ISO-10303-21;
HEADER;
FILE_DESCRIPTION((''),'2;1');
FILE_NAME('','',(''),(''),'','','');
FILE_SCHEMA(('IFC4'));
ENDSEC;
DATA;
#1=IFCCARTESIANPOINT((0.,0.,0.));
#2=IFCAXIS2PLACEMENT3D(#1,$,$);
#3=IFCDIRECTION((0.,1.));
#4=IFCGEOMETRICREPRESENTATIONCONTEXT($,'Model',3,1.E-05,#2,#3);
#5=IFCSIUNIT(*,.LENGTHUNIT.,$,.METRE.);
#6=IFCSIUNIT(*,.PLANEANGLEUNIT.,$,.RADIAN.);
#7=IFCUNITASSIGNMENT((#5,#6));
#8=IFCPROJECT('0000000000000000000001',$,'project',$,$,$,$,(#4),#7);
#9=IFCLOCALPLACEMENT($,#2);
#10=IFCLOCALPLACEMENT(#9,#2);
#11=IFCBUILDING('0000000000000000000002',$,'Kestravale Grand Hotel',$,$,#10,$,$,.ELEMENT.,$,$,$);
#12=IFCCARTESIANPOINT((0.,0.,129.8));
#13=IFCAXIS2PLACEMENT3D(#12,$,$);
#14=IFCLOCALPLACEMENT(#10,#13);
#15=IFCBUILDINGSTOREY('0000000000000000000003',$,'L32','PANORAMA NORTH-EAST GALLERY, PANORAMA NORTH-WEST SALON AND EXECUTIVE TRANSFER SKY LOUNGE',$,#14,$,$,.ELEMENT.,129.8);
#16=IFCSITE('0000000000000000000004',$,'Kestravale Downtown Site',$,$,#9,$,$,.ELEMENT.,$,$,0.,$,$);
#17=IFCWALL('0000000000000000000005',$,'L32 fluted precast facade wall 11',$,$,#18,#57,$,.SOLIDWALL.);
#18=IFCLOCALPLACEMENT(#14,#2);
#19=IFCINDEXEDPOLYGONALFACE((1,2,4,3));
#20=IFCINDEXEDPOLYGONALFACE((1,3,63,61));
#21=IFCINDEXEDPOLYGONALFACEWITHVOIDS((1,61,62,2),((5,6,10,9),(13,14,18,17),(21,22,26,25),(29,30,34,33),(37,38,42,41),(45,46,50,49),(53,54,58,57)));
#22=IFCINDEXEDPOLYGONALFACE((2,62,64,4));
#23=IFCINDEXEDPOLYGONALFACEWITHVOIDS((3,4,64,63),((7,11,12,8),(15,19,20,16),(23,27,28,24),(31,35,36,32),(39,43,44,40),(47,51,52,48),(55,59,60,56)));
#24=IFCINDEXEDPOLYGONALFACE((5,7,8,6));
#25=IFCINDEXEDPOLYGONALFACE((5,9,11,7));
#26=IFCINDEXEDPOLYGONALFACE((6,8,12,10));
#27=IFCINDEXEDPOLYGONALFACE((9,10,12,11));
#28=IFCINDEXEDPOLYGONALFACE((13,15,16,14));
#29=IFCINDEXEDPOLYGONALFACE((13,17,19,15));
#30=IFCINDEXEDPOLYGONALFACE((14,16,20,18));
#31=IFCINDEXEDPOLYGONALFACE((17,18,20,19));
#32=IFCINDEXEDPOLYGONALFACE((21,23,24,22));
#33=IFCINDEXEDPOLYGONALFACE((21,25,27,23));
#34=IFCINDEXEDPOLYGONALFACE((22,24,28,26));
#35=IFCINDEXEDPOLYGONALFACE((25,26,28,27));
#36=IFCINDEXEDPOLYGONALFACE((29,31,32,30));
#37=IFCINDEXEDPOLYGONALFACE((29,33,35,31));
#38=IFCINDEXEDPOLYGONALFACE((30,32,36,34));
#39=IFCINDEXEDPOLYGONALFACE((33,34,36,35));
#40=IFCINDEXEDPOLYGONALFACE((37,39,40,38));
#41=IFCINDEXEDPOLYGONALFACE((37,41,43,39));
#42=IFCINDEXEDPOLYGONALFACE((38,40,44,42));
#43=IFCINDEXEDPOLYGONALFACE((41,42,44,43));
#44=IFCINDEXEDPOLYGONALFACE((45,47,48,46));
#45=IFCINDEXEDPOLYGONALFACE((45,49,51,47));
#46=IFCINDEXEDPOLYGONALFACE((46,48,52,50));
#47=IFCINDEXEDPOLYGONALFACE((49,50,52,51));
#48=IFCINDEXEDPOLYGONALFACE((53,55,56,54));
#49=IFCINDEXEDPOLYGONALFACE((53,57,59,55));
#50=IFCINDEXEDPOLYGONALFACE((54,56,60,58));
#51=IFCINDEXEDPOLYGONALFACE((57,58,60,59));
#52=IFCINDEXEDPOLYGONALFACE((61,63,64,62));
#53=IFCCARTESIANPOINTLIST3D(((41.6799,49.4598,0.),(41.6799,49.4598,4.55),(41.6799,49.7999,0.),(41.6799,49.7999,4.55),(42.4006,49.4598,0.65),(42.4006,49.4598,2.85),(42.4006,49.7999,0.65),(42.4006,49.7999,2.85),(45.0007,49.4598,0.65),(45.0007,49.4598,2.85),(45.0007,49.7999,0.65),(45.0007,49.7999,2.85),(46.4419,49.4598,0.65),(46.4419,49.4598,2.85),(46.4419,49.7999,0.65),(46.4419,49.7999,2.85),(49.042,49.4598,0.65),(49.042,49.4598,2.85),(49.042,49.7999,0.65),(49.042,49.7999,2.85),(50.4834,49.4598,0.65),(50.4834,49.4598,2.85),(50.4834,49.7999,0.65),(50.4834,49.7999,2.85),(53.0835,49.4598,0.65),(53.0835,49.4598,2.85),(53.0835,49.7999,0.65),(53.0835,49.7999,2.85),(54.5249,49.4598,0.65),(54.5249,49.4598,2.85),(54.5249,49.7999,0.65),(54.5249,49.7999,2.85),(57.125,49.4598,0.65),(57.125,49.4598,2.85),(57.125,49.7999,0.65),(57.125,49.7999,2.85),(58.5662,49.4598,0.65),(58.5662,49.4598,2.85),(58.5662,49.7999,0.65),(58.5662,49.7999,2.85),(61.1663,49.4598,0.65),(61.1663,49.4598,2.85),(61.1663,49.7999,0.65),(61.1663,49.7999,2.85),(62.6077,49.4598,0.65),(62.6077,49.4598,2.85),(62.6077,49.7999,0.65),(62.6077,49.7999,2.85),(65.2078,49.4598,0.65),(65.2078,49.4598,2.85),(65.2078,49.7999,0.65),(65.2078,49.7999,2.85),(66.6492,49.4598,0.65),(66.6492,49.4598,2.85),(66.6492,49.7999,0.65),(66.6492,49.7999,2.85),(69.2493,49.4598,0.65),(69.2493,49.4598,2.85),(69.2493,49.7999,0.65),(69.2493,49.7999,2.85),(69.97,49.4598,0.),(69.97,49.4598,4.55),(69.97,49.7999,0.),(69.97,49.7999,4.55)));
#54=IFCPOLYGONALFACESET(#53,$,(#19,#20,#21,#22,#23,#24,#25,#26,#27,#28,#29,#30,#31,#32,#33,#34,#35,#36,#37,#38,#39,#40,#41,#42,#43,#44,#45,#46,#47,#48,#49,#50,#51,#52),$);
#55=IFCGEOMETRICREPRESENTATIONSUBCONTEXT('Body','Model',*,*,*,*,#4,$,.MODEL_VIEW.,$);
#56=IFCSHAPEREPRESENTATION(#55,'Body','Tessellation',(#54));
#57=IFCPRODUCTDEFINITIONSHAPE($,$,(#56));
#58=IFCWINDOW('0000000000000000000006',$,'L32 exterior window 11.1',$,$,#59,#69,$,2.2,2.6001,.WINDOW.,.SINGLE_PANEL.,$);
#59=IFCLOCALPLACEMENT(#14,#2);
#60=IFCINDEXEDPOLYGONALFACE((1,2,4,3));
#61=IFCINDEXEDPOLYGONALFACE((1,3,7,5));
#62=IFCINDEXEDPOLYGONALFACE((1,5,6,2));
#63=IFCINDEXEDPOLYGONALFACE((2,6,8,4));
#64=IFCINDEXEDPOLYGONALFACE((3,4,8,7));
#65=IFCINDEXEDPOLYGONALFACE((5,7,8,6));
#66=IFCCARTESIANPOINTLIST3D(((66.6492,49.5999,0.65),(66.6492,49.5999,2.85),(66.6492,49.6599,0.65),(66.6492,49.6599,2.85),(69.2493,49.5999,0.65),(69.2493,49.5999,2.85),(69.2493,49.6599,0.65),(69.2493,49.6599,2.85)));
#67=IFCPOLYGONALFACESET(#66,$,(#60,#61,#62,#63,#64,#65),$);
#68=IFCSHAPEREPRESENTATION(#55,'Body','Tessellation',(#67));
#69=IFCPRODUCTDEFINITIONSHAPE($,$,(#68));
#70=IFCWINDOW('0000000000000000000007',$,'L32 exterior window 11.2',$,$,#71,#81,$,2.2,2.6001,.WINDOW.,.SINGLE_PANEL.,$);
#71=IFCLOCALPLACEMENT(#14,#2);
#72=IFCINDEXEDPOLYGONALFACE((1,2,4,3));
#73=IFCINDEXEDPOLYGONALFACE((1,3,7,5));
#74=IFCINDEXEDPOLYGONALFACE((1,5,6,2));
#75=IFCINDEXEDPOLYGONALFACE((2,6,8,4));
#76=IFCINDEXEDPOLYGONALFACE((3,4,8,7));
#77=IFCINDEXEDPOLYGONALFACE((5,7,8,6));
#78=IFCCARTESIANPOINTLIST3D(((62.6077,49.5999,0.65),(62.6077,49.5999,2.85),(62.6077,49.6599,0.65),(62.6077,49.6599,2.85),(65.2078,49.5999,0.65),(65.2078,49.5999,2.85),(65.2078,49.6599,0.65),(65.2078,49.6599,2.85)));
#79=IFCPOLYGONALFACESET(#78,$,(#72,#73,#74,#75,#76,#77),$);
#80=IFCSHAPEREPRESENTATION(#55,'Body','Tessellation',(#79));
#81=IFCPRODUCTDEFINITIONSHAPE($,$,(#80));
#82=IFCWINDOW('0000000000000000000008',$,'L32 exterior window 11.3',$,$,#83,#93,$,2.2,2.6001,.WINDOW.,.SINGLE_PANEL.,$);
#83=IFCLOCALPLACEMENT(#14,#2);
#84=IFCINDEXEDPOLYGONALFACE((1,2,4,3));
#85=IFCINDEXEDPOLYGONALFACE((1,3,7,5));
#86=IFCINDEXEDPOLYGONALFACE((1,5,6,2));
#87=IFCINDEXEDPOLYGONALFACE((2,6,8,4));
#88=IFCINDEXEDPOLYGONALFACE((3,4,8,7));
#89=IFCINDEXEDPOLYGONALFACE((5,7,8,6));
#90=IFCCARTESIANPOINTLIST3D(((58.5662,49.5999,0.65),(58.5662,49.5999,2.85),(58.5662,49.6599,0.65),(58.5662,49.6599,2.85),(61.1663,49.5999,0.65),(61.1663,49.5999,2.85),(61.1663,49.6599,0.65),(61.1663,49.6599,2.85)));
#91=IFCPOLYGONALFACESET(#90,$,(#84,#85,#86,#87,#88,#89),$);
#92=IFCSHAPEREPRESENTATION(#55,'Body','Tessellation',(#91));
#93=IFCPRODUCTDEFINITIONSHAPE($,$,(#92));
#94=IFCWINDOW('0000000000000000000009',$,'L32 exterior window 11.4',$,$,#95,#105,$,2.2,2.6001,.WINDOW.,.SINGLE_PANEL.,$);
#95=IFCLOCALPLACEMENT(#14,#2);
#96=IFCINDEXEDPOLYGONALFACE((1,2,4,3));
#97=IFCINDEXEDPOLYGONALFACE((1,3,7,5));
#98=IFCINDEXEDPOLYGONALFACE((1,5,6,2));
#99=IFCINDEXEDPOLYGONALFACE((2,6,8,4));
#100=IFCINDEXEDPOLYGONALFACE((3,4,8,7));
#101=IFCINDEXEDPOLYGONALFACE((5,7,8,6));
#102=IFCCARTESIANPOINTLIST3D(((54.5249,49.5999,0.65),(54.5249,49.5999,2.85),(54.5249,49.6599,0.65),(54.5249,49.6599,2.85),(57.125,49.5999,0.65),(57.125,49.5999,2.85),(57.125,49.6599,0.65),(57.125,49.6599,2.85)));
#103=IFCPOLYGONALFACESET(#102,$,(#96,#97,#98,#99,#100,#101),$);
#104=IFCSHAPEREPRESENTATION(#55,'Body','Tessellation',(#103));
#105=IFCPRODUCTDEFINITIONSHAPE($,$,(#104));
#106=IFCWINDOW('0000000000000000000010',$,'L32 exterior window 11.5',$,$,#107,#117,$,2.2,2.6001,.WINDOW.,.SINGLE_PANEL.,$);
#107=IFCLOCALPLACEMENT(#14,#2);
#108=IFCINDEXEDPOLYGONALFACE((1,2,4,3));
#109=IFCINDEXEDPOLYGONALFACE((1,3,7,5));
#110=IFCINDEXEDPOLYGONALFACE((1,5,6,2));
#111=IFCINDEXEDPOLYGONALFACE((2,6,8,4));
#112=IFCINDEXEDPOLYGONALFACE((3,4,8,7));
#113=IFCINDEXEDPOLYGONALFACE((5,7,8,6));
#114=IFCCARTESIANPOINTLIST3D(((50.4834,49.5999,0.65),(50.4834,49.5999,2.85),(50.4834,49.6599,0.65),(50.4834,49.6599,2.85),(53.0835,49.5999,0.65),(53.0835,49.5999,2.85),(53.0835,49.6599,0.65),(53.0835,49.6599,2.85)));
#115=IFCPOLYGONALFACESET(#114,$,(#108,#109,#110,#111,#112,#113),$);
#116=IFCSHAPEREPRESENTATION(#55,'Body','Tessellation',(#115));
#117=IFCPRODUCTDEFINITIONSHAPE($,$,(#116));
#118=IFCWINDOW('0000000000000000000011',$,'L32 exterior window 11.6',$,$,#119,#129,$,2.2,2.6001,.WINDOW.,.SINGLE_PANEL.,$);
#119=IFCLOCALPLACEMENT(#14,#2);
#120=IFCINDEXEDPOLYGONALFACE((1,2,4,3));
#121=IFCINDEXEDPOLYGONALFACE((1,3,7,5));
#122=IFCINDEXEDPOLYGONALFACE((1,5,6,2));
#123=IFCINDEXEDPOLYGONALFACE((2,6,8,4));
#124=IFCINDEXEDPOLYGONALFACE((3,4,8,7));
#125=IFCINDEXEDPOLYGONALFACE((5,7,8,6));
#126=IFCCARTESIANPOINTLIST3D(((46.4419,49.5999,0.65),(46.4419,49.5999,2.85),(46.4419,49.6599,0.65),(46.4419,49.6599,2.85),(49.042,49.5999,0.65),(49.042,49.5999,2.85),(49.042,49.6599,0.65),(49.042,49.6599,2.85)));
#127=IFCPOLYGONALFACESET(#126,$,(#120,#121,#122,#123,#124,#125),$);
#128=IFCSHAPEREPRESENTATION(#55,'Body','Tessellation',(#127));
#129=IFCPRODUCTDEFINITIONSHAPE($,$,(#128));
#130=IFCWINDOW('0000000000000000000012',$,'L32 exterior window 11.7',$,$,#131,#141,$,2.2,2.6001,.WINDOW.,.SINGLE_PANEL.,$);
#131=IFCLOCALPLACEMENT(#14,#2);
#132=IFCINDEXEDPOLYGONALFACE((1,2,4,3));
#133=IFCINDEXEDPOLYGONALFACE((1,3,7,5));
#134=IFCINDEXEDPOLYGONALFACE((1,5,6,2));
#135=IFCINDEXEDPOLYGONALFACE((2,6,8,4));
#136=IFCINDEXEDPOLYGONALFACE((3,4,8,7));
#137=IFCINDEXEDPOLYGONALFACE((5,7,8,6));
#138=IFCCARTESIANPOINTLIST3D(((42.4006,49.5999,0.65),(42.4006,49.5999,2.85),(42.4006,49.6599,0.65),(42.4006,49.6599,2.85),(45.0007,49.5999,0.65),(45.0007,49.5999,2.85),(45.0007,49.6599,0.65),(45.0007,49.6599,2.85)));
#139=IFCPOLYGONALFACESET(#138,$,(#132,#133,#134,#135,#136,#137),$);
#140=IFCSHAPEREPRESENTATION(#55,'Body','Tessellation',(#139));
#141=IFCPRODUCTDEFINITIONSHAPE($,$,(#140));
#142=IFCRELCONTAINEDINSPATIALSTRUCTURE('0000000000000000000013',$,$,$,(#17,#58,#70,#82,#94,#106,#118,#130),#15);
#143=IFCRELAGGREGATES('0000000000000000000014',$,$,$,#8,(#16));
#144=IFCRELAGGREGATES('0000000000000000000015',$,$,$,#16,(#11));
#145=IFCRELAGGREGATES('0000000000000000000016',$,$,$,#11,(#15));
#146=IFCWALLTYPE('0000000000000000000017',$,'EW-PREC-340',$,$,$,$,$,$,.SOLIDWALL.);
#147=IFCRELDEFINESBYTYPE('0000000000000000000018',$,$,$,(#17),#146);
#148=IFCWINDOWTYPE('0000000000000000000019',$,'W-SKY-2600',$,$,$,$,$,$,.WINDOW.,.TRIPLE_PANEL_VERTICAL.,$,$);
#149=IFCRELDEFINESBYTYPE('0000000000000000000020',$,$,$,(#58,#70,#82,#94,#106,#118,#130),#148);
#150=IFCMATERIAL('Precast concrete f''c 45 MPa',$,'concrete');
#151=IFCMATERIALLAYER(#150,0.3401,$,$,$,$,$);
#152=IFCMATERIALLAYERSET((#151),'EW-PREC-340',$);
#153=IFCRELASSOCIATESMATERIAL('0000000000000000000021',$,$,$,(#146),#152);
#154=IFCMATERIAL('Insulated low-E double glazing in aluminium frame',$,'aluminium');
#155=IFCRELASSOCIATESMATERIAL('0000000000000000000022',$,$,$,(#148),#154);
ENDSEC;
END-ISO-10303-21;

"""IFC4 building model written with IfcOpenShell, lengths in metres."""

from ifc_helpers import new_model, si_unit, direction, frame, frame_2d, origin, place, context, subcontext, project, spatial, rectangle, extrude, material, layer, layer_set, type_object, element, fill, save


model = new_model("IFC4")

# Units and contexts
model_context = context("Model", 3, precision=1e-05, world=origin(), true_north=direction((0.0, 1.0)))
body_context = subcontext(model_context, "Body", "Model", "MODEL_VIEW")
ifc_project = project(units=[si_unit("LENGTHUNIT", "METRE"), si_unit("PLANEANGLEUNIT", "RADIAN")], contexts=[model_context])

# Site, building, storey
site_placement = place(None, origin())
site = spatial("IfcSite", under=ifc_project, at=site_placement, Name="Kestravale Downtown Site", CompositionType="ELEMENT", RefElevation=0.0)
building_placement = place(site_placement, origin())
building = spatial("IfcBuilding", under=site, at=building_placement, Name="Kestravale Grand Hotel", CompositionType="ELEMENT")
storey_placement = place(building_placement, frame((0.0, 0.0, 129.8)))
storey = spatial("IfcBuildingStorey", under=building, at=storey_placement, Name="L32", Description="PANORAMA NORTH-EAST GALLERY, PANORAMA NORTH-WEST SALON AND EXECUTIVE TRANSFER SKY LOUNGE", CompositionType="ELEMENT", Elevation=129.8)

# Wall, openings, windows
ifc_material_1 = material(Name="Precast concrete f'c 45 MPa", Category="concrete")
ifc_layer_1 = layer(ifc_material_1, 0.3401)
ifc_layer_set_1 = layer_set([ifc_layer_1], Name="EW-PREC-340")
wall_type = type_object("IfcWallType", Name="EW-PREC-340", PredefinedType="SOLIDWALL", material=ifc_layer_set_1)
wall_placement = place(storey_placement, frame((69.97, 49.6299, 0.0), z_axis=(0.0, 0.0, 1.0), x_axis=(-1.0, 0.0, 0.0)))
wall = element("IfcWall", 1, at=wall_placement, inside=storey, type_object=wall_type, Name="L32 fluted precast facade wall 11", PredefinedType="SOLIDWALL", context=body_context, shape_type="SweptSolid", body=[
    extrude(rectangle(XDim=28.29, YDim=0.3401, at=frame_2d((14.145, 0.0))), origin(), (0.0, 0.0, 1.0), 4.55),
])
opening_1_placement = place(wall_placement, frame((0.7207, 0.0, 0.6499)))
opening_1 = element("IfcOpeningElement", 2, at=opening_1_placement, cuts=wall, PredefinedType="OPENING", context=body_context, shape_type="SweptSolid", body=[
    extrude(rectangle(XDim=2.6001, YDim=2.2, at=frame_2d((1.3, 1.1001))), frame((0.0, 0.1799, 0.0), z_axis=(0.0, -1.0, 0.0), x_axis=(1.0, 0.0, 0.0)), (0.0, 0.0, 1.0), 0.3601),
])
opening_2_placement = place(wall_placement, frame((4.7622, 0.0, 0.6499)))
opening_2 = element("IfcOpeningElement", 3, at=opening_2_placement, cuts=wall, PredefinedType="OPENING", context=body_context, shape_type="SweptSolid", body=[
    extrude(rectangle(XDim=2.6001, YDim=2.2, at=frame_2d((1.3, 1.1001))), frame((0.0, 0.1799, 0.0), z_axis=(0.0, -1.0, 0.0), x_axis=(1.0, 0.0, 0.0)), (0.0, 0.0, 1.0), 0.3601),
])
opening_3_placement = place(wall_placement, frame((8.8037, 0.0, 0.6499)))
opening_3 = element("IfcOpeningElement", 4, at=opening_3_placement, cuts=wall, PredefinedType="OPENING", context=body_context, shape_type="SweptSolid", body=[
    extrude(rectangle(XDim=2.6001, YDim=2.2, at=frame_2d((1.3, 1.1001))), frame((0.0, 0.1799, 0.0), z_axis=(0.0, -1.0, 0.0), x_axis=(1.0, 0.0, 0.0)), (0.0, 0.0, 1.0), 0.3601),
])
opening_4_placement = place(wall_placement, frame((12.845, 0.0, 0.6499)))
opening_4 = element("IfcOpeningElement", 5, at=opening_4_placement, cuts=wall, PredefinedType="OPENING", context=body_context, shape_type="SweptSolid", body=[
    extrude(rectangle(XDim=2.6001, YDim=2.2, at=frame_2d((1.3, 1.1001))), frame((0.0, 0.1799, 0.0), z_axis=(0.0, -1.0, 0.0), x_axis=(1.0, 0.0, 0.0)), (0.0, 0.0, 1.0), 0.3601),
])
opening_5_placement = place(wall_placement, frame((16.8865, 0.0, 0.6499)))
opening_5 = element("IfcOpeningElement", 6, at=opening_5_placement, cuts=wall, PredefinedType="OPENING", context=body_context, shape_type="SweptSolid", body=[
    extrude(rectangle(XDim=2.6001, YDim=2.2, at=frame_2d((1.3, 1.1001))), frame((0.0, 0.1799, 0.0), z_axis=(0.0, -1.0, 0.0), x_axis=(1.0, 0.0, 0.0)), (0.0, 0.0, 1.0), 0.3601),
])
opening_6_placement = place(wall_placement, frame((20.928, 0.0, 0.6499)))
opening_6 = element("IfcOpeningElement", 7, at=opening_6_placement, cuts=wall, PredefinedType="OPENING", context=body_context, shape_type="SweptSolid", body=[
    extrude(rectangle(XDim=2.6001, YDim=2.2, at=frame_2d((1.3, 1.1001))), frame((0.0, 0.1799, 0.0), z_axis=(0.0, -1.0, 0.0), x_axis=(1.0, 0.0, 0.0)), (0.0, 0.0, 1.0), 0.3601),
])
opening_7_placement = place(wall_placement, frame((24.9692, 0.0, 0.6499)))
opening_7 = element("IfcOpeningElement", 8, at=opening_7_placement, cuts=wall, PredefinedType="OPENING", context=body_context, shape_type="SweptSolid", body=[
    extrude(rectangle(XDim=2.6001, YDim=2.2, at=frame_2d((1.3, 1.1001))), frame((0.0, 0.1799, 0.0), z_axis=(0.0, -1.0, 0.0), x_axis=(1.0, 0.0, 0.0)), (0.0, 0.0, 1.0), 0.3601),
])
ifc_material_2 = material(Name="Insulated low-E double glazing in aluminium frame", Category="aluminium")
window_type = type_object("IfcWindowType", Name="W-SKY-2600", PartitioningType="TRIPLE_PANEL_VERTICAL", PredefinedType="WINDOW", material=ifc_material_2)
window_1_placement = place(opening_1_placement, origin())
window_1 = element("IfcWindow", 9, at=window_1_placement, inside=storey, type_object=window_type, Name="L32 exterior window 11.1", OverallHeight=2.2, OverallWidth=2.6001, PartitioningType="SINGLE_PANEL", PredefinedType="WINDOW", context=body_context, shape_type="SweptSolid", body=[
    extrude(rectangle(XDim=2.6001, YDim=2.2, at=frame_2d((1.3, 1.1001))), frame((0.0, 0.03, 0.0), z_axis=(0.0, -1.0, 0.0), x_axis=(1.0, 0.0, 0.0)), (0.0, 0.0, 1.0), 0.0601),
])
fill(opening_1, window_1)
window_2_placement = place(opening_2_placement, origin())
window_2 = element("IfcWindow", 10, at=window_2_placement, inside=storey, type_object=window_type, Name="L32 exterior window 11.2", OverallHeight=2.2, OverallWidth=2.6001, PartitioningType="SINGLE_PANEL", PredefinedType="WINDOW", context=body_context, shape_type="SweptSolid", body=[
    extrude(rectangle(XDim=2.6001, YDim=2.2, at=frame_2d((1.3, 1.1001))), frame((0.0, 0.03, 0.0), z_axis=(0.0, -1.0, 0.0), x_axis=(1.0, 0.0, 0.0)), (0.0, 0.0, 1.0), 0.0601),
])
fill(opening_2, window_2)
window_3_placement = place(opening_3_placement, origin())
window_3 = element("IfcWindow", 11, at=window_3_placement, inside=storey, type_object=window_type, Name="L32 exterior window 11.3", OverallHeight=2.2, OverallWidth=2.6001, PartitioningType="SINGLE_PANEL", PredefinedType="WINDOW", context=body_context, shape_type="SweptSolid", body=[
    extrude(rectangle(XDim=2.6001, YDim=2.2, at=frame_2d((1.3, 1.1001))), frame((0.0, 0.03, 0.0), z_axis=(0.0, -1.0, 0.0), x_axis=(1.0, 0.0, 0.0)), (0.0, 0.0, 1.0), 0.0601),
])
fill(opening_3, window_3)
window_4_placement = place(opening_4_placement, origin())
window_4 = element("IfcWindow", 12, at=window_4_placement, inside=storey, type_object=window_type, Name="L32 exterior window 11.4", OverallHeight=2.2, OverallWidth=2.6001, PartitioningType="SINGLE_PANEL", PredefinedType="WINDOW", context=body_context, shape_type="SweptSolid", body=[
    extrude(rectangle(XDim=2.6001, YDim=2.2, at=frame_2d((1.3, 1.1001))), frame((0.0, 0.03, 0.0), z_axis=(0.0, -1.0, 0.0), x_axis=(1.0, 0.0, 0.0)), (0.0, 0.0, 1.0), 0.0601),
])
fill(opening_4, window_4)
window_5_placement = place(opening_5_placement, origin())
window_5 = element("IfcWindow", 13, at=window_5_placement, inside=storey, type_object=window_type, Name="L32 exterior window 11.5", OverallHeight=2.2, OverallWidth=2.6001, PartitioningType="SINGLE_PANEL", PredefinedType="WINDOW", context=body_context, shape_type="SweptSolid", body=[
    extrude(rectangle(XDim=2.6001, YDim=2.2, at=frame_2d((1.3, 1.1001))), frame((0.0, 0.03, 0.0), z_axis=(0.0, -1.0, 0.0), x_axis=(1.0, 0.0, 0.0)), (0.0, 0.0, 1.0), 0.0601),
])
fill(opening_5, window_5)
window_6_placement = place(opening_6_placement, origin())
window_6 = element("IfcWindow", 14, at=window_6_placement, inside=storey, type_object=window_type, Name="L32 exterior window 11.6", OverallHeight=2.2, OverallWidth=2.6001, PartitioningType="SINGLE_PANEL", PredefinedType="WINDOW", context=body_context, shape_type="SweptSolid", body=[
    extrude(rectangle(XDim=2.6001, YDim=2.2, at=frame_2d((1.3, 1.1001))), frame((0.0, 0.03, 0.0), z_axis=(0.0, -1.0, 0.0), x_axis=(1.0, 0.0, 0.0)), (0.0, 0.0, 1.0), 0.0601),
])
fill(opening_6, window_6)
window_7_placement = place(opening_7_placement, origin())
window_7 = element("IfcWindow", 15, at=window_7_placement, inside=storey, type_object=window_type, Name="L32 exterior window 11.7", OverallHeight=2.2, OverallWidth=2.6001, PartitioningType="SINGLE_PANEL", PredefinedType="WINDOW", context=body_context, shape_type="SweptSolid", body=[
    extrude(rectangle(XDim=2.6001, YDim=2.2, at=frame_2d((1.3, 1.1001))), frame((0.0, 0.03, 0.0), z_axis=(0.0, -1.0, 0.0), x_axis=(1.0, 0.0, 0.0)), (0.0, 0.0, 1.0), 0.0601),
])
fill(opening_7, window_7)

save(model, "model.ifc")
